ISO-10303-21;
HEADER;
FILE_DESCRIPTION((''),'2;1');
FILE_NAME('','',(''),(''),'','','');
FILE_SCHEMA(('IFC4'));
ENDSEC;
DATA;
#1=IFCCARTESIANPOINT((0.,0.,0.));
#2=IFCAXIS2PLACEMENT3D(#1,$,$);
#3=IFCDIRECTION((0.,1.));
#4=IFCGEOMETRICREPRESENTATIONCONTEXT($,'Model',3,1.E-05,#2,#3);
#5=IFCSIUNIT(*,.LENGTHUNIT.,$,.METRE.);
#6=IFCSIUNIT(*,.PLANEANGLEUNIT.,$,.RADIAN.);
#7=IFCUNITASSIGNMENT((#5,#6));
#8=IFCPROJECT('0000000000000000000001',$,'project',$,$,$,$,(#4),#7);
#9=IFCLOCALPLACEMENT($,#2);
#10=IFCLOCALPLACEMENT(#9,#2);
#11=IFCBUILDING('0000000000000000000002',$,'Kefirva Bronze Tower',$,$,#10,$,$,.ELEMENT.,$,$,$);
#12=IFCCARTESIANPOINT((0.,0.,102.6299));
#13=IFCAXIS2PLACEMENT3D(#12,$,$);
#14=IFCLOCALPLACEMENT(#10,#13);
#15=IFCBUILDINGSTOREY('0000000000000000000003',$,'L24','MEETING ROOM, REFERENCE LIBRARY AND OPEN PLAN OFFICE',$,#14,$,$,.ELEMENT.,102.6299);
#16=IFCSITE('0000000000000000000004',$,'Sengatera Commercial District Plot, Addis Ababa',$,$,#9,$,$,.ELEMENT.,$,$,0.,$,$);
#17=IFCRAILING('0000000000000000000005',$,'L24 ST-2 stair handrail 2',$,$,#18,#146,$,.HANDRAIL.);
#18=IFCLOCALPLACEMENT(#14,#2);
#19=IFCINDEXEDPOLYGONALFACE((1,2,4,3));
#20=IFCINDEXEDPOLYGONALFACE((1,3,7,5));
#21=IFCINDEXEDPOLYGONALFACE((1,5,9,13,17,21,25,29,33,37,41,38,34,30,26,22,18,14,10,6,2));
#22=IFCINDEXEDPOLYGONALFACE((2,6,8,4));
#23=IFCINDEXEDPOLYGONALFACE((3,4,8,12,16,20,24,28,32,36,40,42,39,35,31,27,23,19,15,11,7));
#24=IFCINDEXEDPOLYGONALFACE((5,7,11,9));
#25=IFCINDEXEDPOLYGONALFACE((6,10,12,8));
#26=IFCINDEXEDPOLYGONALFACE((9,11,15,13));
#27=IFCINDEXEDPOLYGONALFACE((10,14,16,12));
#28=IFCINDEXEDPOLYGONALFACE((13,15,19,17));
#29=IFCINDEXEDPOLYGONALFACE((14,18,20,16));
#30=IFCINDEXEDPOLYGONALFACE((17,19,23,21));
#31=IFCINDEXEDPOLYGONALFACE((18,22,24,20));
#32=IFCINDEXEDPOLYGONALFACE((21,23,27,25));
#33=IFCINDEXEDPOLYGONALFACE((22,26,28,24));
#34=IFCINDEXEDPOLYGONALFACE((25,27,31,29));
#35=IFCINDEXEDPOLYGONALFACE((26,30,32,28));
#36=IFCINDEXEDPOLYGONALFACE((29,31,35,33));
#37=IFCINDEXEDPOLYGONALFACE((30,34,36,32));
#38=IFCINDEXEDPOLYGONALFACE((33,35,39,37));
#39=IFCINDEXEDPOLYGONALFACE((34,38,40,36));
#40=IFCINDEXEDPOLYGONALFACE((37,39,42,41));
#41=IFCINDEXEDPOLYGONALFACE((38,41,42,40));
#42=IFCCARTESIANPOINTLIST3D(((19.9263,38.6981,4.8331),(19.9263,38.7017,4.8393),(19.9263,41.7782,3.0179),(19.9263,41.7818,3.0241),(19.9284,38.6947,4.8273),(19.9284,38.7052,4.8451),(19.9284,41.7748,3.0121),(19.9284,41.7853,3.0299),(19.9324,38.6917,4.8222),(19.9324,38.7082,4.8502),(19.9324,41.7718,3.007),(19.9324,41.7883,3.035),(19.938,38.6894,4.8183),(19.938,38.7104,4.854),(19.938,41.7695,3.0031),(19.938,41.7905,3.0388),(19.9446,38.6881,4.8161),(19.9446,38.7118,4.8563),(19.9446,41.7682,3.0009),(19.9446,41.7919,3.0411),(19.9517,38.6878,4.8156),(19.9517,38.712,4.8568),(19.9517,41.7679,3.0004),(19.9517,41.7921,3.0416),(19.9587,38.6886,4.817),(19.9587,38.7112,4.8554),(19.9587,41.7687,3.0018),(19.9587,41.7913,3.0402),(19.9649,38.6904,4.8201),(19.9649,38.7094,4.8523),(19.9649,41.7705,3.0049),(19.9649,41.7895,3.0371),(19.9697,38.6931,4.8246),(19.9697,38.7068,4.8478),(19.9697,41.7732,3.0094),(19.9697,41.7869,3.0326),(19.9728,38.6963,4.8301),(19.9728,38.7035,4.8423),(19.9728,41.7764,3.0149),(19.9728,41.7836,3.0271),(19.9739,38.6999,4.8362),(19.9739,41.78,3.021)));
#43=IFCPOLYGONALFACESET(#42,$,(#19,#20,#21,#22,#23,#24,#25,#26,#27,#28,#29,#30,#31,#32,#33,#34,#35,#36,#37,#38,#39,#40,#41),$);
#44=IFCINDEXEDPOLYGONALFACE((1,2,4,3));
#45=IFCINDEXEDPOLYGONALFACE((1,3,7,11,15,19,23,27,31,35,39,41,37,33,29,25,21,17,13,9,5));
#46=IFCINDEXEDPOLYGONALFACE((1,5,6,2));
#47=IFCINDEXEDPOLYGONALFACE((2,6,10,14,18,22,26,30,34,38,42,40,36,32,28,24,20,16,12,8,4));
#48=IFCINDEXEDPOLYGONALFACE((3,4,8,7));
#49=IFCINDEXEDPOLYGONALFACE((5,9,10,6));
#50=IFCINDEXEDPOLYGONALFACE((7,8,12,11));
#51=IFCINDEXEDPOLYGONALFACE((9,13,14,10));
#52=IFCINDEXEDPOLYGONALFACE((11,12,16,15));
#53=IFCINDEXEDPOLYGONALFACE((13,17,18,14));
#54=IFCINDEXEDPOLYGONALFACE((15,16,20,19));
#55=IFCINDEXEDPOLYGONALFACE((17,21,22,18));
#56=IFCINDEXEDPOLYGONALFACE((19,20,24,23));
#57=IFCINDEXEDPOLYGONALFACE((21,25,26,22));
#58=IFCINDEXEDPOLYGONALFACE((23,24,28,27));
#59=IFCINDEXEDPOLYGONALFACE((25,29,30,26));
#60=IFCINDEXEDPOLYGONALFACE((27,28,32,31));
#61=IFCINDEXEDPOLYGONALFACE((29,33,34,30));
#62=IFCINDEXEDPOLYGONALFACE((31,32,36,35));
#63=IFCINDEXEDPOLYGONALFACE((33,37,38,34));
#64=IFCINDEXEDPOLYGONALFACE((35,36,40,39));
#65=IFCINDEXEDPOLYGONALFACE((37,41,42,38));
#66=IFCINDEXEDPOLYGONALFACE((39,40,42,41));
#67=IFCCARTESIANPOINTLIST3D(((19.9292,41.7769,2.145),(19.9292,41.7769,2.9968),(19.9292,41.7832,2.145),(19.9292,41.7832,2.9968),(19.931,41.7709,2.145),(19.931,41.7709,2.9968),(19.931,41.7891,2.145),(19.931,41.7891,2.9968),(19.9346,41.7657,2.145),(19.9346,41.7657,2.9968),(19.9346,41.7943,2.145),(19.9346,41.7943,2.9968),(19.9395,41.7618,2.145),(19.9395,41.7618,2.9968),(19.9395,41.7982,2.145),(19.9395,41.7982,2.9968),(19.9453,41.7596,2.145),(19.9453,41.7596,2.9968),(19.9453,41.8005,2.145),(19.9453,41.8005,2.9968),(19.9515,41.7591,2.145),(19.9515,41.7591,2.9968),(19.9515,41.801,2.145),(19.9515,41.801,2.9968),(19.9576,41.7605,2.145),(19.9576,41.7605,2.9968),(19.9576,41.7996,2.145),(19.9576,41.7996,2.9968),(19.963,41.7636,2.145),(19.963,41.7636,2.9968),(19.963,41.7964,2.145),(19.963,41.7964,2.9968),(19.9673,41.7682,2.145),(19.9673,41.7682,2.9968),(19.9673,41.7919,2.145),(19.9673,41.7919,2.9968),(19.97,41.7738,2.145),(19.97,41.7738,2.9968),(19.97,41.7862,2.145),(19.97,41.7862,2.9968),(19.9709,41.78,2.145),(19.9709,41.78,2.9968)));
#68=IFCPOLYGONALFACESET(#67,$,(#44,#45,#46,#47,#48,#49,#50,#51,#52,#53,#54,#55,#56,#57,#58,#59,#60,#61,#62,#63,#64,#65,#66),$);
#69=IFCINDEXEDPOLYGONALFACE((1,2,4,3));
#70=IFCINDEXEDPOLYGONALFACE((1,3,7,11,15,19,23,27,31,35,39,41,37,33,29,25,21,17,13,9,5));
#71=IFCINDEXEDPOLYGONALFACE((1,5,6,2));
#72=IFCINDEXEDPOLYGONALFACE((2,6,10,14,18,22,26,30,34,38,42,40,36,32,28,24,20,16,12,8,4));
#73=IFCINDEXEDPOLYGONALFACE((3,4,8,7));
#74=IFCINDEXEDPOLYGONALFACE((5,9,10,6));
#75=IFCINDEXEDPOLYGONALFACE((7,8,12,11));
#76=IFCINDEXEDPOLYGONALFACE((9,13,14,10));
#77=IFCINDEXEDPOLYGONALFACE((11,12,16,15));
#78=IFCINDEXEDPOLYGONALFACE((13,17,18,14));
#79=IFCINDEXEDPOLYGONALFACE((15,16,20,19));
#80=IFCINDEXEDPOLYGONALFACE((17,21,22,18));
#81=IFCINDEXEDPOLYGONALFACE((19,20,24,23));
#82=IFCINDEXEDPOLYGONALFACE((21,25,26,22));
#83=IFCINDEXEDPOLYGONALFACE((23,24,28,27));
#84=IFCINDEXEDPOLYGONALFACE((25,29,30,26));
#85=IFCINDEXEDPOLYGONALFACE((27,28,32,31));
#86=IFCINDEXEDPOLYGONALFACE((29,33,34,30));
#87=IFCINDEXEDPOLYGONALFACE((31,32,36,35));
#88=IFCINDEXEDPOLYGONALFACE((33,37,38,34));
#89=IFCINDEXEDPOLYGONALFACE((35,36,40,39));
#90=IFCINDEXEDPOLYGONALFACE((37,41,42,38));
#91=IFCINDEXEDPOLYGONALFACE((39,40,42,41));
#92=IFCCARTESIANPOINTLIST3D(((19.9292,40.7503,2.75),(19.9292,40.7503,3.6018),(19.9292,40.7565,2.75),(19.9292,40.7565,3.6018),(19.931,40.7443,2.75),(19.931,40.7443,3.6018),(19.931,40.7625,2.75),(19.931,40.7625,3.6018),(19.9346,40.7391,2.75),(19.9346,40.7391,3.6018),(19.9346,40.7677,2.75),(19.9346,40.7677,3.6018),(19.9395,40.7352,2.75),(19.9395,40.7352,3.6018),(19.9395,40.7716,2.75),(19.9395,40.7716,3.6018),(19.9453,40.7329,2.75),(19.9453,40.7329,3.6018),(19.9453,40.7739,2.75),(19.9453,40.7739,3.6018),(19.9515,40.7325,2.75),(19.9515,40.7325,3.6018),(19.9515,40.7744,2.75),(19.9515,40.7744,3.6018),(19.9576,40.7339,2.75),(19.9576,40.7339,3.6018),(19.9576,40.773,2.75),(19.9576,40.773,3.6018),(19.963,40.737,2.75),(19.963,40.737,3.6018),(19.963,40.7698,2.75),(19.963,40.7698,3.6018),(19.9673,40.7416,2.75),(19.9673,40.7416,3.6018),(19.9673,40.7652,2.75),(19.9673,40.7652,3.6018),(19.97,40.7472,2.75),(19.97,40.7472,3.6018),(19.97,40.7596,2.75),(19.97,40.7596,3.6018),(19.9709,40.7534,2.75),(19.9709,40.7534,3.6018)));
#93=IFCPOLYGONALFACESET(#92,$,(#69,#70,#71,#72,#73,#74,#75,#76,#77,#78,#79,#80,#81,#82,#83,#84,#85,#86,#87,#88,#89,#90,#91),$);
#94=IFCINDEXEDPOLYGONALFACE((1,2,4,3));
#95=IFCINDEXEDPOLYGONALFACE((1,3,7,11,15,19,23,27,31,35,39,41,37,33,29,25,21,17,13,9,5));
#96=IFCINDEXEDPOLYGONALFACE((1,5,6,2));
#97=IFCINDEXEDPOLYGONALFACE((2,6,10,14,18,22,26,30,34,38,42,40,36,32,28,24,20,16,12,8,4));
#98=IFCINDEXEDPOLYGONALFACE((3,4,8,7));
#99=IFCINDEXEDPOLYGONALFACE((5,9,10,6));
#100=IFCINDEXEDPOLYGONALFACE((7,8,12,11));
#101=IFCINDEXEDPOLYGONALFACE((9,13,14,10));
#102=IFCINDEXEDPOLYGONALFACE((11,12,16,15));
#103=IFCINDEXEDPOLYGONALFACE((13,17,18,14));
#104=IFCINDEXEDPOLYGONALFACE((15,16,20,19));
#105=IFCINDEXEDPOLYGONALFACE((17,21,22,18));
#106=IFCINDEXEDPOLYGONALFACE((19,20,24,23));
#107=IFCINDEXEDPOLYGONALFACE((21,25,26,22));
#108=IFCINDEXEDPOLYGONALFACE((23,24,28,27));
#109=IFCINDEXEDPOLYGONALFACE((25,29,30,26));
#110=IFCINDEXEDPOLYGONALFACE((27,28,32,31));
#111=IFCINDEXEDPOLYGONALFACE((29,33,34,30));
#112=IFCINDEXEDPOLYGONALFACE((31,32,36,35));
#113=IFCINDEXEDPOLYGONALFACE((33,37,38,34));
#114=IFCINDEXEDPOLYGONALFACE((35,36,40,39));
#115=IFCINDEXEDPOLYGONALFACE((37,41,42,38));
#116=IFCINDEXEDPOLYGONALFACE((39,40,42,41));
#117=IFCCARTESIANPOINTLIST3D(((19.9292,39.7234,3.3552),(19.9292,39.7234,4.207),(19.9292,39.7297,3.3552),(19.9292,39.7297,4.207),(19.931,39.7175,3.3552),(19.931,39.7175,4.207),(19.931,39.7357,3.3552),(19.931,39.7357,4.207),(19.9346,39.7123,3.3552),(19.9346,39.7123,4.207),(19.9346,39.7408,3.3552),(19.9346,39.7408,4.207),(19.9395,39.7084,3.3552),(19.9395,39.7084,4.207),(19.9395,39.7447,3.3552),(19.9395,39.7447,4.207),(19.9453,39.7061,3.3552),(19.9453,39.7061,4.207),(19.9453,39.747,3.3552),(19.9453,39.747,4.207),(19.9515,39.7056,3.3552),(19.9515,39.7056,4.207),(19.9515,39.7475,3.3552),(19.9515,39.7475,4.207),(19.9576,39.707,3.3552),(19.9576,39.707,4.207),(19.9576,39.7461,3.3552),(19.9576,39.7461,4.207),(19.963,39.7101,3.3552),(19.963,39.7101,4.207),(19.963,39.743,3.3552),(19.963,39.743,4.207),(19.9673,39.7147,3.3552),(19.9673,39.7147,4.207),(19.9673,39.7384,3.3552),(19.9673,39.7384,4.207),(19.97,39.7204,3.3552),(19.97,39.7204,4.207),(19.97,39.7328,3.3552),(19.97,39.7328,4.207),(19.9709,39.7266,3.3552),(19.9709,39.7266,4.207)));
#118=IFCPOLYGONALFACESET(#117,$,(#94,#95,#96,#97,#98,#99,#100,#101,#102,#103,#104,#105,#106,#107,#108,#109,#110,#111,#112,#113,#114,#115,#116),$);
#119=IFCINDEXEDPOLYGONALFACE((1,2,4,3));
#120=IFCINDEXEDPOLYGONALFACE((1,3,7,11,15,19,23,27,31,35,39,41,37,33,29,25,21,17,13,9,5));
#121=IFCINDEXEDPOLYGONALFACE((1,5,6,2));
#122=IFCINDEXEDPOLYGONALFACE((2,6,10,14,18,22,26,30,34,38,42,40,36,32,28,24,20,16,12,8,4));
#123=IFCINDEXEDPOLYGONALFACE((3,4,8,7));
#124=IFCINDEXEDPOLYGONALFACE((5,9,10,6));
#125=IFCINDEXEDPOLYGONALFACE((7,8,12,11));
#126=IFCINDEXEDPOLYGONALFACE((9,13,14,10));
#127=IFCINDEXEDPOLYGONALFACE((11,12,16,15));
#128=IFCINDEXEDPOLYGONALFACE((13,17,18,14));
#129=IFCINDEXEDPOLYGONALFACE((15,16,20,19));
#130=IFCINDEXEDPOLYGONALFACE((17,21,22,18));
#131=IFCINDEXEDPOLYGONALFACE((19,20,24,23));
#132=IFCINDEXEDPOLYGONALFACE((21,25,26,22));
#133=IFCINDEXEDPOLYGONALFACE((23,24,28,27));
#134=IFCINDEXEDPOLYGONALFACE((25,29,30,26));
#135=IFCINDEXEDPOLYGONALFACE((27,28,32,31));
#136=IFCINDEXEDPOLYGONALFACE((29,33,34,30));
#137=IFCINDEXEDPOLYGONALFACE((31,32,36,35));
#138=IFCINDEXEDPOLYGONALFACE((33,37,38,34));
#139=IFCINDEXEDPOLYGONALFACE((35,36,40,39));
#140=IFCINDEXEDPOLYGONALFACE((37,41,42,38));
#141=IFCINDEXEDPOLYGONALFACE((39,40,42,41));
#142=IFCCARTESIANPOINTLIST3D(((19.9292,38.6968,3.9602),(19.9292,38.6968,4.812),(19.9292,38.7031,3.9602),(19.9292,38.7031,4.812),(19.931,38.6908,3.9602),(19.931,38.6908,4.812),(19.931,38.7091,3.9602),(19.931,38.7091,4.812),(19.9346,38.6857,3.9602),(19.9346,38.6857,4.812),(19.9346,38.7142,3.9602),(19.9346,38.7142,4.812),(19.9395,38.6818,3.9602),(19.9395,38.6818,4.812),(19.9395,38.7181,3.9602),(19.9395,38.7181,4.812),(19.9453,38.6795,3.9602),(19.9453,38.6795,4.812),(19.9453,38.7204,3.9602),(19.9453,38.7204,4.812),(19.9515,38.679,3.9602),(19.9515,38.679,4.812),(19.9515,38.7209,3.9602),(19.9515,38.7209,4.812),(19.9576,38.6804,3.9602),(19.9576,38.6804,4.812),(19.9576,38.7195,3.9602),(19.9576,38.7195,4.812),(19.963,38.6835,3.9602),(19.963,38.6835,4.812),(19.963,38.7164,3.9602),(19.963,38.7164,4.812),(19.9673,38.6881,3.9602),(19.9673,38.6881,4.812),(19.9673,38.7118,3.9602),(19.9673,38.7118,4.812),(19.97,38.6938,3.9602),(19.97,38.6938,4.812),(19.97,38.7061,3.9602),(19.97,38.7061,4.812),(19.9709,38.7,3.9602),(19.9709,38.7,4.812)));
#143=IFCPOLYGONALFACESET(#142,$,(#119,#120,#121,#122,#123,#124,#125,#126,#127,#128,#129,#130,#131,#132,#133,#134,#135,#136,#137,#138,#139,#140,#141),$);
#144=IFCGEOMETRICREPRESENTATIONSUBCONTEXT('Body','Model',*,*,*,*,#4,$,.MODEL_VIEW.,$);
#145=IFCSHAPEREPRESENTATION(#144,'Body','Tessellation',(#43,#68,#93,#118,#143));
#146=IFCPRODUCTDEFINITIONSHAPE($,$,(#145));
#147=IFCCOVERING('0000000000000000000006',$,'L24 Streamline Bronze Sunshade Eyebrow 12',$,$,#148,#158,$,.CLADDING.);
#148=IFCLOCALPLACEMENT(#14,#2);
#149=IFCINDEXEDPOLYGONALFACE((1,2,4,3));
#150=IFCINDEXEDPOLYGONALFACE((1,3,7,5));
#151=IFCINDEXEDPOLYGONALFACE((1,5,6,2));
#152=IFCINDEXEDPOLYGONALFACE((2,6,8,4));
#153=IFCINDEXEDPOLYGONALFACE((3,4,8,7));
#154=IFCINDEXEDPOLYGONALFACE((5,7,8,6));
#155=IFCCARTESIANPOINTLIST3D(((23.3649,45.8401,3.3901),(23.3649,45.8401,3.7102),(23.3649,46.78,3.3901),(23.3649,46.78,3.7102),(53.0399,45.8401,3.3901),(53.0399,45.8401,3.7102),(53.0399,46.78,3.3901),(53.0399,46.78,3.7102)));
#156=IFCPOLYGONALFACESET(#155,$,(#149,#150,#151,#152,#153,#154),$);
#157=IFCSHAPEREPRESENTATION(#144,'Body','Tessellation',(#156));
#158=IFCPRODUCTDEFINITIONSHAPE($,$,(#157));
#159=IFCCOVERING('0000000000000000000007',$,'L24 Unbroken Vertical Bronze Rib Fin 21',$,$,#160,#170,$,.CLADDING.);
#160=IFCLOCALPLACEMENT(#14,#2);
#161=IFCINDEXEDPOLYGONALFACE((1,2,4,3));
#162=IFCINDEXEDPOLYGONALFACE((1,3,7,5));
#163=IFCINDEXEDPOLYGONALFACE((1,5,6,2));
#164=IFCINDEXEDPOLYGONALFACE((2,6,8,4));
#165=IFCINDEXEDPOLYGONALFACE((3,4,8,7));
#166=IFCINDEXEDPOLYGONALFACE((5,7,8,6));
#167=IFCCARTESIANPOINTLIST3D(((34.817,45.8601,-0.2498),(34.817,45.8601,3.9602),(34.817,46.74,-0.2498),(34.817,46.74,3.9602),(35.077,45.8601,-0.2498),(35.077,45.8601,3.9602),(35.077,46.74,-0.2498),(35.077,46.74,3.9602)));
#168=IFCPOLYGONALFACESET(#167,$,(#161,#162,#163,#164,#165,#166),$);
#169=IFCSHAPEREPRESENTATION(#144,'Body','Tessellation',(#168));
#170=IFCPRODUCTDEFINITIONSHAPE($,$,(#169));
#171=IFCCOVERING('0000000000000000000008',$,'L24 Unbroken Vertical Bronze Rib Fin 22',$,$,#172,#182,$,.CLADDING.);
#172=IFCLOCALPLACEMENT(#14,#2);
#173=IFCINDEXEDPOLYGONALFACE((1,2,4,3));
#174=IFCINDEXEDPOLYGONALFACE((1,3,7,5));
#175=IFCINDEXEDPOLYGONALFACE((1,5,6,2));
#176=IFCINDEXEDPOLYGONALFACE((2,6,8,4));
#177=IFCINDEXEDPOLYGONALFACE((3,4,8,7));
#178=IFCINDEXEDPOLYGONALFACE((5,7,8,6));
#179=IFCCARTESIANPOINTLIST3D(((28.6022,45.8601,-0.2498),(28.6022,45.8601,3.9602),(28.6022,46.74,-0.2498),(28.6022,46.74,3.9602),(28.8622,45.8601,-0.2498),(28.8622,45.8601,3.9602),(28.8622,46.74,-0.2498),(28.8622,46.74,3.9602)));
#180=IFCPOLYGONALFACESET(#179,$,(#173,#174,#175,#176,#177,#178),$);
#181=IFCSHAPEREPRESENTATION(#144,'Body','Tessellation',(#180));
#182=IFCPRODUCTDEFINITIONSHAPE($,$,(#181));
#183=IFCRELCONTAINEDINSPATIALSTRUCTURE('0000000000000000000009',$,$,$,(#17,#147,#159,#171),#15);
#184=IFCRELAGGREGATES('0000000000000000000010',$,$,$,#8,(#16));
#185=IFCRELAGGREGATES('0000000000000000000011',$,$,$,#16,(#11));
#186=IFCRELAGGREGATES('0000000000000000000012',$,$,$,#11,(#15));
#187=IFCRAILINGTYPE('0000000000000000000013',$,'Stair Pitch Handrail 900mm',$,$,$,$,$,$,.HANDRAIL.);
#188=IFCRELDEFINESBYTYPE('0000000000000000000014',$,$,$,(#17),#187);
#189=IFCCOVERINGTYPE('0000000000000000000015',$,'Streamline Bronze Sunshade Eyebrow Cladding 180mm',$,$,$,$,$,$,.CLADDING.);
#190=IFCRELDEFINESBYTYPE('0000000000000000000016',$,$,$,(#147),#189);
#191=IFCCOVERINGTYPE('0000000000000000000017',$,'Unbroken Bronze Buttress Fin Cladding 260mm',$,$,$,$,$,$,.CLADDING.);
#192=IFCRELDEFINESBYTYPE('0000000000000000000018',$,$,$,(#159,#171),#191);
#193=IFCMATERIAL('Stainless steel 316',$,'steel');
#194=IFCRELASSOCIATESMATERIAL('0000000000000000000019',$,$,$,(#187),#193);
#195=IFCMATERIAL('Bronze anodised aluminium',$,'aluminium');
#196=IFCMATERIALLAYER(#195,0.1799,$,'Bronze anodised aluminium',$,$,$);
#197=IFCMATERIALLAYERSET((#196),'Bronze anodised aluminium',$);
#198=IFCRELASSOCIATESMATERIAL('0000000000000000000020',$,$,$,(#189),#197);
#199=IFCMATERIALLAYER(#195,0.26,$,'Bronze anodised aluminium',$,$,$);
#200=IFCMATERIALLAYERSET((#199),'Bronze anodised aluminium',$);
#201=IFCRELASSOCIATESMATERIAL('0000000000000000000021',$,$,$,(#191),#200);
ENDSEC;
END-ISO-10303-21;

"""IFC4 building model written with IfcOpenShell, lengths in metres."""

from ifc_helpers import new_model, si_unit, direction, frame, origin, origin_2d, place, context, subcontext, project, spatial, rectangle, circle, extrude, material, layer, layer_set, type_object, element, save


model = new_model("IFC4")

# Units and contexts
model_context = context("Model", 3, precision=1e-05, world=origin(), true_north=direction((0.0, 1.0)))
body_context = subcontext(model_context, "Body", "Model", "MODEL_VIEW")
ifc_project = project(units=[si_unit("LENGTHUNIT", "METRE"), si_unit("PLANEANGLEUNIT", "RADIAN")], contexts=[model_context])

# Site, building, storey
site_placement = place(None, origin())
site = spatial("IfcSite", under=ifc_project, at=site_placement, Name="Sengatera Commercial District Plot, Addis Ababa", CompositionType="ELEMENT", RefElevation=0.0)
building_placement = place(site_placement, origin())
building = spatial("IfcBuilding", under=site, at=building_placement, Name="Kefirva Bronze Tower", CompositionType="ELEMENT")
storey_placement = place(building_placement, frame((0.0, 0.0, 102.6299)))
storey = spatial("IfcBuildingStorey", under=building, at=storey_placement, Name="L24", Description="MEETING ROOM, REFERENCE LIBRARY AND OPEN PLAN OFFICE", CompositionType="ELEMENT", Elevation=102.6299)

# Shared definitions
ifc_material_1 = material(Name="Bronze anodised aluminium", Category="aluminium")

# Railing
ifc_material_2 = material(Name="Stainless steel 316", Category="steel")
railing_type_1 = type_object("IfcRailingType", Name="Stair Pitch Handrail 900mm", PredefinedType="HANDRAIL", material=ifc_material_2)
railing_1_placement = place(storey_placement, frame((19.95, 41.78, 2.145)))
element("IfcRailing", 1, at=railing_1_placement, inside=storey, type_object=railing_type_1, Name="L24 ST-2 stair handrail 2", PredefinedType="HANDRAIL", context=body_context, shape_type="SweptSolid", body=[
    extrude(circle(Radius=0.0239, at=origin_2d()), frame((0.0, 0.0, 0.876), z_axis=(0.0, -0.861521, 0.507721), x_axis=(1.0, 0.0, 0.0)), (0.0, 0.0, 1.0), 3.5752),
    extrude(circle(Radius=0.021, at=origin_2d()), origin(), (0.0, 0.0, 1.0), 0.8518),
    extrude(circle(Radius=0.021, at=origin_2d()), frame((0.0, -1.0266, 0.605)), (0.0, 0.0, 1.0), 0.8518),
    extrude(circle(Radius=0.021, at=origin_2d()), frame((0.0, -2.0535, 1.2102)), (0.0, 0.0, 1.0), 0.8518),
    extrude(circle(Radius=0.021, at=origin_2d()), frame((0.0, -3.0801, 1.8152)), (0.0, 0.0, 1.0), 0.8518),
])

# Coverings
ifc_layer_1 = layer(ifc_material_1, 0.1799, Name="Bronze anodised aluminium")
ifc_layer_set_1 = layer_set([ifc_layer_1], Name="Bronze anodised aluminium")
covering_type_1 = type_object("IfcCoveringType", Name="Streamline Bronze Sunshade Eyebrow Cladding 180mm", PredefinedType="CLADDING", material=ifc_layer_set_1)
covering_1_placement = place(storey_placement, frame((38.2024, 46.3101, 3.3901), z_axis=(0.0, 0.0, 1.0), x_axis=(-1.0, 0.0, 0.0)))
element("IfcCovering", 2, at=covering_1_placement, inside=storey, type_object=covering_type_1, Name="L24 Streamline Bronze Sunshade Eyebrow 12", PredefinedType="CLADDING", context=body_context, shape_type="SweptSolid", body=[
    extrude(rectangle(XDim=29.675, YDim=0.9399, at=origin_2d()), origin(), (0.0, 0.0, 1.0), 0.3201),
])
ifc_layer_2 = layer(ifc_material_1, 0.26, Name="Bronze anodised aluminium")
ifc_layer_set_2 = layer_set([ifc_layer_2], Name="Bronze anodised aluminium")
covering_type_2 = type_object("IfcCoveringType", Name="Unbroken Bronze Buttress Fin Cladding 260mm", PredefinedType="CLADDING", material=ifc_layer_set_2)
for number, where, z_axis, x_axis, name in (
    (3, (34.947, 46.3, -0.2498), (0.0, 0.0, 1.0), (-1.0, 0.0, 0.0), "L24 Unbroken Vertical Bronze Rib Fin 21"),
    (4, (28.7322, 46.3, -0.2498), (0.0, 0.0, 1.0), (-1.0, 0.0, 0.0), "L24 Unbroken Vertical Bronze Rib Fin 22"),
):
    element("IfcCovering", number, at=place(storey_placement, frame(where, z_axis=z_axis, x_axis=x_axis)), inside=storey, type_object=covering_type_2, Name=name, PredefinedType="CLADDING", context=body_context, shape_type="SweptSolid", body=[
        extrude(rectangle(XDim=0.26, YDim=0.8799, at=origin_2d()), origin(), (0.0, 0.0, 1.0), 4.21),
    ])

save(model, "model.ifc")
